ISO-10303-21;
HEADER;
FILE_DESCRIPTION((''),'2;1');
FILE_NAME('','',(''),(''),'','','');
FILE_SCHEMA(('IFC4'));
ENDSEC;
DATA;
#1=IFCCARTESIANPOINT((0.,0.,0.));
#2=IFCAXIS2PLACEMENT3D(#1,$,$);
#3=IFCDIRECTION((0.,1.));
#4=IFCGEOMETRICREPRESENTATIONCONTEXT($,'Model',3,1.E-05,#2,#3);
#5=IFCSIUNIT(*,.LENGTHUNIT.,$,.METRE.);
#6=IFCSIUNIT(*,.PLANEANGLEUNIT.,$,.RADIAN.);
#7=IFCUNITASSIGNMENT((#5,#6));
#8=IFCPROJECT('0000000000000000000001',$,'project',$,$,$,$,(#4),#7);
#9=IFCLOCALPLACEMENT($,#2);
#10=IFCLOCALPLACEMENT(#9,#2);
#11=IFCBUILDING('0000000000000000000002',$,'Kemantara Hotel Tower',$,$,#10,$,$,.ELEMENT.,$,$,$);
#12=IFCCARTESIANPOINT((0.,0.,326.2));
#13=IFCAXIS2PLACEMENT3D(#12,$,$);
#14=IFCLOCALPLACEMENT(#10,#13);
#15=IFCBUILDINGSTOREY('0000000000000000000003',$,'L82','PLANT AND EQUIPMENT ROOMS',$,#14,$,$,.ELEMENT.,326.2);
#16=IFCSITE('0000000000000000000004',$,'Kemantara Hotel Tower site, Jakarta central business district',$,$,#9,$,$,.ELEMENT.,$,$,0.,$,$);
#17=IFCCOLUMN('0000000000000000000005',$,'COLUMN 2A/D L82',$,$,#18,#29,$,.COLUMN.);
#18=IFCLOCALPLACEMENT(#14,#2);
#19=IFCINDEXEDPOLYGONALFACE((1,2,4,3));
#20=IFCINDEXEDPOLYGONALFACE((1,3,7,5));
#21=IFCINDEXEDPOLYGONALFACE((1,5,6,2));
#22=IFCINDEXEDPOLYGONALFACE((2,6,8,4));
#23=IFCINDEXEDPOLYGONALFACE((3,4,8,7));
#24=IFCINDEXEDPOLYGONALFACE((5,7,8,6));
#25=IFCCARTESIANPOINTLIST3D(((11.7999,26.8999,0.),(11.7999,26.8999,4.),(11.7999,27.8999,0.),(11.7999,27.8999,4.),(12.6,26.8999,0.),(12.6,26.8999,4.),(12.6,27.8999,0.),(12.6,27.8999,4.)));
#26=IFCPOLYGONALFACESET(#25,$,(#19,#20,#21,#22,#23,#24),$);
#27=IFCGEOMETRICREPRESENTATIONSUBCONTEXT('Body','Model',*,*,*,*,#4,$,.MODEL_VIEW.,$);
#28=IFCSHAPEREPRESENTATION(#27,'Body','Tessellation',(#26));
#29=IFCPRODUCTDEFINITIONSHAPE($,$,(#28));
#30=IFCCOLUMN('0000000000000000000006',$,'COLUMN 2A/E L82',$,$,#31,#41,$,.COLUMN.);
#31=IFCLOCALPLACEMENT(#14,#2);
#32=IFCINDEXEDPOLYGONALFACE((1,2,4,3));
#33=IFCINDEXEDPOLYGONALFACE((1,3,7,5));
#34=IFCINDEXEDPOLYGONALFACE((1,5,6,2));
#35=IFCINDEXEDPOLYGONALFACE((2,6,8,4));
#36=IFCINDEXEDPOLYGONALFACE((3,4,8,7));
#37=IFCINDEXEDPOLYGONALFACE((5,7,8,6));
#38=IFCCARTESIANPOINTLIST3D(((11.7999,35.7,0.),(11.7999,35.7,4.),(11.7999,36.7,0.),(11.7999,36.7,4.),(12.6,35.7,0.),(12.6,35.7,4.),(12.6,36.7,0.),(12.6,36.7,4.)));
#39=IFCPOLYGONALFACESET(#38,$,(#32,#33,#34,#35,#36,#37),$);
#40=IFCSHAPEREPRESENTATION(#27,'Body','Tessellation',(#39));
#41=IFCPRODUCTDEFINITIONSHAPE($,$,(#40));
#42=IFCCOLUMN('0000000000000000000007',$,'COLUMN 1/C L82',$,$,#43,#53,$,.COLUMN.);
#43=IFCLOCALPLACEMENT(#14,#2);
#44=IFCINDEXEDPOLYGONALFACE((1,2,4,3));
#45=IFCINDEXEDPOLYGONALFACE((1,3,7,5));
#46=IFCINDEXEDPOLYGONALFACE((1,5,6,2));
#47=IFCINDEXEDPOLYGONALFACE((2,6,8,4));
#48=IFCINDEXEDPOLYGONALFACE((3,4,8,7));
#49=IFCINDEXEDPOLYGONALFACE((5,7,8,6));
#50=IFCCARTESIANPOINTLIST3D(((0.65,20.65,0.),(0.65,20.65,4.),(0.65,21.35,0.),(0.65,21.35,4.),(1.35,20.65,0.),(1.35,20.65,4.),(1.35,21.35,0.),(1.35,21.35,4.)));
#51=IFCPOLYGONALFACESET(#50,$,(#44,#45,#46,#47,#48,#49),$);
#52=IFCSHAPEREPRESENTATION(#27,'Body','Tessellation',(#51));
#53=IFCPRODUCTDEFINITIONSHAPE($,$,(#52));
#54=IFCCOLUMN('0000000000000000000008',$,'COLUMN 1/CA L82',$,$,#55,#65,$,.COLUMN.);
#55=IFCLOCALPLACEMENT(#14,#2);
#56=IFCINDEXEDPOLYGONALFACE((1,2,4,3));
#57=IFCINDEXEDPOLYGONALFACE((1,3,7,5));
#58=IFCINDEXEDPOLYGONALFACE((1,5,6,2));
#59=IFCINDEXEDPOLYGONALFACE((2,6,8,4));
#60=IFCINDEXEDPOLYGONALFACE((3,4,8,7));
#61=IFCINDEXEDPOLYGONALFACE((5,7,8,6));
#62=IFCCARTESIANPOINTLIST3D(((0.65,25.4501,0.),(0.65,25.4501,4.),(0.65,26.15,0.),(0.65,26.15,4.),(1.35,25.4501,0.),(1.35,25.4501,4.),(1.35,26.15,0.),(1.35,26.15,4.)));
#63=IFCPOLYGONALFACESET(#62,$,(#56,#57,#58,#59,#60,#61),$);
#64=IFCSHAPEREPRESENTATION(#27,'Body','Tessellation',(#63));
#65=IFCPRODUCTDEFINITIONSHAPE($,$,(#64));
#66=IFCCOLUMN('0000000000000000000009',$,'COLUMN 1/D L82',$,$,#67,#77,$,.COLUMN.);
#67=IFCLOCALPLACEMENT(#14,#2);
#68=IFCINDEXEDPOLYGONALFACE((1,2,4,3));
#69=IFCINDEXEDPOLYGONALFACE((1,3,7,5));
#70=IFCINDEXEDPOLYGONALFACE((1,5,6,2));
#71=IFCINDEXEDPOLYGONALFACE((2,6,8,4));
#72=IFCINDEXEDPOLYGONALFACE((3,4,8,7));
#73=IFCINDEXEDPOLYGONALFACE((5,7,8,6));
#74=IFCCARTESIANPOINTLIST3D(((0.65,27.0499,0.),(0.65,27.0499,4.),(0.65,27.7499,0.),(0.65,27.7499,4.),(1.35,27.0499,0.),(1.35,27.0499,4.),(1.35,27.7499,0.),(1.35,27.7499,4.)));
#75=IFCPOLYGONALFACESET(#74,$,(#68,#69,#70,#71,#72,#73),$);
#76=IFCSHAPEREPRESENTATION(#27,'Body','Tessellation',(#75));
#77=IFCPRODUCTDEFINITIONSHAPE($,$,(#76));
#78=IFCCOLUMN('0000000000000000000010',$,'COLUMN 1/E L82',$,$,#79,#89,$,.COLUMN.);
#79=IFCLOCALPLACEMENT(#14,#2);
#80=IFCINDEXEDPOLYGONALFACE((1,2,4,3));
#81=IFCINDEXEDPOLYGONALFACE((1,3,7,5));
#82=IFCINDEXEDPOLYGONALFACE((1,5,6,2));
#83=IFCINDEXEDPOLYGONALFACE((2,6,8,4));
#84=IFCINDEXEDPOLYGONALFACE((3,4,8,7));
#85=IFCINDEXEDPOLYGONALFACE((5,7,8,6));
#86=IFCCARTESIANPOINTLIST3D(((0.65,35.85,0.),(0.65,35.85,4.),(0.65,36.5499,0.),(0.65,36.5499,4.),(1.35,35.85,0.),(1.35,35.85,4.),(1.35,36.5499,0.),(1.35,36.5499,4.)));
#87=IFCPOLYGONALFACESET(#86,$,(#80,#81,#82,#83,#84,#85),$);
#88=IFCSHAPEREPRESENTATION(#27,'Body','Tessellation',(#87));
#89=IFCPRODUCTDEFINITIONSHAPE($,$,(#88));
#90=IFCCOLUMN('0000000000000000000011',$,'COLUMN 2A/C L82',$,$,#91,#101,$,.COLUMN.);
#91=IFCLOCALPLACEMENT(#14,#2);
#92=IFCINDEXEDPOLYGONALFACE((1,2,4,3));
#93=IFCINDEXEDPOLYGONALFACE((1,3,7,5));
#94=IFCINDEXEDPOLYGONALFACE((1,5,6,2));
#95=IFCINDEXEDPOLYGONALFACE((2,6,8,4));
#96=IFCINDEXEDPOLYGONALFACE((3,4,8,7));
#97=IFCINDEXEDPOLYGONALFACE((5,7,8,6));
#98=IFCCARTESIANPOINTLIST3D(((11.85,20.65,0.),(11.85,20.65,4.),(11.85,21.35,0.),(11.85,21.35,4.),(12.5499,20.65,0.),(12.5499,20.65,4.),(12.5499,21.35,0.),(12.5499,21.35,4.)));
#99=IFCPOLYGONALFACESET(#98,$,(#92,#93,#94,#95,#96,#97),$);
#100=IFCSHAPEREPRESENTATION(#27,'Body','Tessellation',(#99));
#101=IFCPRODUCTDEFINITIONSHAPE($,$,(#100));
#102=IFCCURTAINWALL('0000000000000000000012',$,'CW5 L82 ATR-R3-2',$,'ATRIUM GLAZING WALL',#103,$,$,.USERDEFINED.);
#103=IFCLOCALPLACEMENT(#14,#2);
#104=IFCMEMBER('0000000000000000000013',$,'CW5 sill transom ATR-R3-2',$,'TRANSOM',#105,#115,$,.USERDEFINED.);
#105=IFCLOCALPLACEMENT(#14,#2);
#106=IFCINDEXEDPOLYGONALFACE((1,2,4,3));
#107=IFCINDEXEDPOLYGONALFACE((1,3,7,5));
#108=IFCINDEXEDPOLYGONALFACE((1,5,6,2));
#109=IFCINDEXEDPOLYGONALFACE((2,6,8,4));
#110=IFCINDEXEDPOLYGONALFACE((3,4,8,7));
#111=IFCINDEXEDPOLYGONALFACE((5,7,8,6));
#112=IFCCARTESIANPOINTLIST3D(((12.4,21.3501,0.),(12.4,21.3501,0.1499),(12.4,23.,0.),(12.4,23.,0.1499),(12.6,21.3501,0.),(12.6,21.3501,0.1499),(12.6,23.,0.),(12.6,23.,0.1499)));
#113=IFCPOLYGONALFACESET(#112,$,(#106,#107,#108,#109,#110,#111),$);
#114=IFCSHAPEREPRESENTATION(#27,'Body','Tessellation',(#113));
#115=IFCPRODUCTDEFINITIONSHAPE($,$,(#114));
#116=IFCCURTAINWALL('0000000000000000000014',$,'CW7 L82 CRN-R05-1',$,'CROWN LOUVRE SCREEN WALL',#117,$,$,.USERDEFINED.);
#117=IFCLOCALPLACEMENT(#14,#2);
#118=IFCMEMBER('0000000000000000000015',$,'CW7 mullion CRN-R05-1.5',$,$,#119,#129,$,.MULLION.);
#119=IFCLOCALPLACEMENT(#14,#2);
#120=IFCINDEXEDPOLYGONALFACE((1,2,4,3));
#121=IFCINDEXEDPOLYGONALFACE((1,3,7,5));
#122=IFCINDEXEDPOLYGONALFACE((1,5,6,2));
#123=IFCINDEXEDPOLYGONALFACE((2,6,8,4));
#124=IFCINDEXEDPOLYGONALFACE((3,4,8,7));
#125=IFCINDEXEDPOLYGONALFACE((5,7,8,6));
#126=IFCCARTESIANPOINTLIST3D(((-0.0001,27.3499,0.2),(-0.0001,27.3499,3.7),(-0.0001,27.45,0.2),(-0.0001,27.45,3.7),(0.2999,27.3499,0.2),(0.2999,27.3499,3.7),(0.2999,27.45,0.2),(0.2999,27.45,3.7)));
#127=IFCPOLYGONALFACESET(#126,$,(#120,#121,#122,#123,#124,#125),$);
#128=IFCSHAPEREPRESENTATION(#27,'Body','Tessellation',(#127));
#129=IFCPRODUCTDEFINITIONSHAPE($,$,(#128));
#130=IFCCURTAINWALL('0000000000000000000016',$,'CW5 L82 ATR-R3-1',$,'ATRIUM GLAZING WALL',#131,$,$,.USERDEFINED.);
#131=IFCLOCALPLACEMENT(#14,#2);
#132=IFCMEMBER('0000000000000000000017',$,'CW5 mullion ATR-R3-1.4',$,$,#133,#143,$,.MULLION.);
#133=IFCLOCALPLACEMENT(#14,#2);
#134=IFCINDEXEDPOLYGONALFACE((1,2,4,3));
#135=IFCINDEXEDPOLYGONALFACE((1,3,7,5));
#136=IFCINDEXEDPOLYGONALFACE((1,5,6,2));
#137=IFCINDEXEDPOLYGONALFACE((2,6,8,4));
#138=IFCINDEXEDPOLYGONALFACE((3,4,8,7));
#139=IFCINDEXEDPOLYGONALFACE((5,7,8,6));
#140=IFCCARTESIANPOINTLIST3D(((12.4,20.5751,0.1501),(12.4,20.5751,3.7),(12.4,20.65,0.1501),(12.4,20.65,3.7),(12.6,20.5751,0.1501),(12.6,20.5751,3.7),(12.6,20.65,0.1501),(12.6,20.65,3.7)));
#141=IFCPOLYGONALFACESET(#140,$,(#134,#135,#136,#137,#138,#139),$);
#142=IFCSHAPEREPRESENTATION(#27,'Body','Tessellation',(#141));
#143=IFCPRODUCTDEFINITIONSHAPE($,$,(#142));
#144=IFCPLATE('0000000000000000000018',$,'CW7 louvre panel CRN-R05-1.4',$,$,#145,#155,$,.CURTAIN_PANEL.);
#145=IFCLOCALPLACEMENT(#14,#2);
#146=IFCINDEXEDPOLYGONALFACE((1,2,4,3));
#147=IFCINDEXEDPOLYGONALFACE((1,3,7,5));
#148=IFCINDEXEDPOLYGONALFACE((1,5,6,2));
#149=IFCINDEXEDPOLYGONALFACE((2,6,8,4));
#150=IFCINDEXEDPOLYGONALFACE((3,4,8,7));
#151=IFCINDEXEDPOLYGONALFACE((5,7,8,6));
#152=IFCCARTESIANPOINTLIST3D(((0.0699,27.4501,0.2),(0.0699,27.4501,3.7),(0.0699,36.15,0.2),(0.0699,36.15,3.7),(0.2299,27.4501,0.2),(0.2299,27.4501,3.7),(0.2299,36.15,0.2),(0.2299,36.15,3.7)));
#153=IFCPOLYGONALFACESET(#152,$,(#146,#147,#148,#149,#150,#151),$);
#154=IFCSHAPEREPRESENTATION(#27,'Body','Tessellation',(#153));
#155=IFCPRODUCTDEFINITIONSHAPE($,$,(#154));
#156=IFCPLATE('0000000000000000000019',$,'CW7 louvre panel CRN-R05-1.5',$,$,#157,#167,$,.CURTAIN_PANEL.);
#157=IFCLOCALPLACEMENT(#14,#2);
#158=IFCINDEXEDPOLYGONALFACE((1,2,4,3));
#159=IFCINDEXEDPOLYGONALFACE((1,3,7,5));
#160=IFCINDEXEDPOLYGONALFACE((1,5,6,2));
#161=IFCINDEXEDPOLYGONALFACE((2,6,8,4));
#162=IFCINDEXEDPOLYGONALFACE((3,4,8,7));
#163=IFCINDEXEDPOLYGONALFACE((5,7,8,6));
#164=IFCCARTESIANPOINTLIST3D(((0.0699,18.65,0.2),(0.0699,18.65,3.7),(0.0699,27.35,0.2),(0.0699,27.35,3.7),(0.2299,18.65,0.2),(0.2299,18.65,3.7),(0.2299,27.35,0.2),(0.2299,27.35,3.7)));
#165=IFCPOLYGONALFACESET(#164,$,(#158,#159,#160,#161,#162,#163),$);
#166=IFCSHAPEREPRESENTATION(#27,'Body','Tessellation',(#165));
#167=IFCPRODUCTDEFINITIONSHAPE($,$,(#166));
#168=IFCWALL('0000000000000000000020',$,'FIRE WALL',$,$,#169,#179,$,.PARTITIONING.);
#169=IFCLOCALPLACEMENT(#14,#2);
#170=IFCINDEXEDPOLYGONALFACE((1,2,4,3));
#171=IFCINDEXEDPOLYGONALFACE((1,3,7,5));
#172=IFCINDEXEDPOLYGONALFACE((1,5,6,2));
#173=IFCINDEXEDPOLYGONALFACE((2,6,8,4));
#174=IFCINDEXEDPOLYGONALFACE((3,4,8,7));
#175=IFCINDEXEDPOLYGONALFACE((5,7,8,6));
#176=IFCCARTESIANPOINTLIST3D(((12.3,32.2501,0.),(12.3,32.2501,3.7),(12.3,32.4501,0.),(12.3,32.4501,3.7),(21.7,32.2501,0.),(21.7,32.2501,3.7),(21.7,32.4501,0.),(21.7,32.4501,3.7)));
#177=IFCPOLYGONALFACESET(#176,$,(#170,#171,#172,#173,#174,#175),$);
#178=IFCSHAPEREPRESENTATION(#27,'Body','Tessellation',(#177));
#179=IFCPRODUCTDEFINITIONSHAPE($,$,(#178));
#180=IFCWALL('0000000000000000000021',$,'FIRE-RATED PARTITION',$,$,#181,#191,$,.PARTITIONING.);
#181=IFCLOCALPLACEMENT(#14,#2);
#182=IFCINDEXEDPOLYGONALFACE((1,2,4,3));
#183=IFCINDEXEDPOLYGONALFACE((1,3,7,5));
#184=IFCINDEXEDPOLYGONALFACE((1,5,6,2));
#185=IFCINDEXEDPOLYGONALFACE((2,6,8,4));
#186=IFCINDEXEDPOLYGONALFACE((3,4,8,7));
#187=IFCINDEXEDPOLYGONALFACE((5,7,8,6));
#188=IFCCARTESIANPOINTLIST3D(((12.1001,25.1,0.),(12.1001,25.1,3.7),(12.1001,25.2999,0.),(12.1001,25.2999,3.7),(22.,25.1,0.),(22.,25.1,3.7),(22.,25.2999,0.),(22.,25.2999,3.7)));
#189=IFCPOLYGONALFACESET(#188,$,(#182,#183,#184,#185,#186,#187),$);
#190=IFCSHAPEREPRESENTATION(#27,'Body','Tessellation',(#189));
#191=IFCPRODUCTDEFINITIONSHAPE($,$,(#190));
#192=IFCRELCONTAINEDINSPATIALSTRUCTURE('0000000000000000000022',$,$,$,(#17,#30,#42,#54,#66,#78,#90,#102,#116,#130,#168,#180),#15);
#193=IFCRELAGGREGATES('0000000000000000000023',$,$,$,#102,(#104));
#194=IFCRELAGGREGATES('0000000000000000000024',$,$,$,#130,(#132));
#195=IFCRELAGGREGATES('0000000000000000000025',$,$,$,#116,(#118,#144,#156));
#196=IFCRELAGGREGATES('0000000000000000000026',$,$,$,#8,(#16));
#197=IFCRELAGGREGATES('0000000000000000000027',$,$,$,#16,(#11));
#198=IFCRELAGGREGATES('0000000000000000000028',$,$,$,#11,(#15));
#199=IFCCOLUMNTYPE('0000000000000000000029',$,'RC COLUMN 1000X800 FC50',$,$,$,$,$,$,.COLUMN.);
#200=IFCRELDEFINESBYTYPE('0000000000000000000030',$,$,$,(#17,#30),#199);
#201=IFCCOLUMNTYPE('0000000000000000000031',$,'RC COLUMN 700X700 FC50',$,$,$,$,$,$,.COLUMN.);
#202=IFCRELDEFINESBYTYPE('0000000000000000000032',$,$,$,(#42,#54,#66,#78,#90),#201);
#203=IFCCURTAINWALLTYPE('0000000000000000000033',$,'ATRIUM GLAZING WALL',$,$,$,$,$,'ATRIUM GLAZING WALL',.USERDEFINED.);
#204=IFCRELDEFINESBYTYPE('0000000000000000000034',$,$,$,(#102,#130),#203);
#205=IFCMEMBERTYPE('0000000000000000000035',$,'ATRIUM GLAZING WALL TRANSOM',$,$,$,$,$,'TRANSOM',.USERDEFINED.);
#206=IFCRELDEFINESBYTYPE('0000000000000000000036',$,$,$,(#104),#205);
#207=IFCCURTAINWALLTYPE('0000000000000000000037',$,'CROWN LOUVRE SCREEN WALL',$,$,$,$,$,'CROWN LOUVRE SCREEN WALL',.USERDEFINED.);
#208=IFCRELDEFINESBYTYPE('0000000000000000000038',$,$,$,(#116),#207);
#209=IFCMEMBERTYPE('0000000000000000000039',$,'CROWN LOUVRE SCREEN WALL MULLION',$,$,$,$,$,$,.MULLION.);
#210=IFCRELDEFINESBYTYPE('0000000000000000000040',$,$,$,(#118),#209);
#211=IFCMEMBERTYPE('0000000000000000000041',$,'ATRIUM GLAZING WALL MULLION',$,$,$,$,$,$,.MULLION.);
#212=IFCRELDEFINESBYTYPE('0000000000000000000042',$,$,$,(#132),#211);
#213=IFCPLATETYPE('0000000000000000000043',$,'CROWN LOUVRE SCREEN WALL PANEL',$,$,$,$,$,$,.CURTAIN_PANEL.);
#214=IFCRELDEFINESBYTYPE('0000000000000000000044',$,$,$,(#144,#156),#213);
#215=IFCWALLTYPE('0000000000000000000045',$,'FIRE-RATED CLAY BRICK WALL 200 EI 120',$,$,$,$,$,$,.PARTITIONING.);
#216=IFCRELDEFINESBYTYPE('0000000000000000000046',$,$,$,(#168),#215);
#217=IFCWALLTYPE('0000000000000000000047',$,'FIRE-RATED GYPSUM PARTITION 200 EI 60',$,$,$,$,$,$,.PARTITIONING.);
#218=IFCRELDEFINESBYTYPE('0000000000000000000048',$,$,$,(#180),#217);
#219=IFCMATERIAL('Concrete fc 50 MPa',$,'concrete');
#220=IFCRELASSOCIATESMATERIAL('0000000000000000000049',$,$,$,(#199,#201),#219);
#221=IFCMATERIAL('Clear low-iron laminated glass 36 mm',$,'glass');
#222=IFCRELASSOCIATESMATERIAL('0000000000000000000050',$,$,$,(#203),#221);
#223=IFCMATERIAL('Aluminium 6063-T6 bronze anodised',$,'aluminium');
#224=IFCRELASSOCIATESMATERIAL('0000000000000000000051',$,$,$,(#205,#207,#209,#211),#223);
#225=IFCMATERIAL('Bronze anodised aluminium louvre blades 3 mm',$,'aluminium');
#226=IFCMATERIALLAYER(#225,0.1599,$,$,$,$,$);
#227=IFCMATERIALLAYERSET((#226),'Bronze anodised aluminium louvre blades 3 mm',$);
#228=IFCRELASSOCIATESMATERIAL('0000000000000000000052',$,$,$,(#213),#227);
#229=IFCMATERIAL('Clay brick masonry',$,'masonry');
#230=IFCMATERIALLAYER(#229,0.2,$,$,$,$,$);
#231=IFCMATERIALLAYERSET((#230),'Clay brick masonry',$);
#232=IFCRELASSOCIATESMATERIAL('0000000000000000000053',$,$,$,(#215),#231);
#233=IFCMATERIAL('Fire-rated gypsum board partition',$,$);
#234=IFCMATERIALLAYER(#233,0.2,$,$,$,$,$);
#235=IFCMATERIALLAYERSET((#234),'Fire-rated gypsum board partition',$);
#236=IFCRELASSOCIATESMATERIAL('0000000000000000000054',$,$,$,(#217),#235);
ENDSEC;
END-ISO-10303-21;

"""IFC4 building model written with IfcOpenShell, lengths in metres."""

from ifc_helpers import new_model, si_unit, direction, frame, frame_2d, origin, origin_2d, place, context, subcontext, project, spatial, rectangle, extrude, source, transform, mapped, material, layer, layer_set, material_profile, profile_set, type_object, element, aggregate, save


model = new_model("IFC4")

# Units and contexts
model_context = context("Model", 3, precision=1e-05, world=origin(), true_north=direction((0.0, 1.0)))
body_context = subcontext(model_context, "Body", "Model", "MODEL_VIEW")
ifc_project = project(units=[si_unit("LENGTHUNIT", "METRE"), si_unit("PLANEANGLEUNIT", "RADIAN")], contexts=[model_context])

# Site, building, storey
site_placement = place(None, origin())
site = spatial("IfcSite", under=ifc_project, at=site_placement, Name="Kemantara Hotel Tower site, Jakarta central business district", CompositionType="ELEMENT", RefElevation=0.0)
building_placement = place(site_placement, origin())
building = spatial("IfcBuilding", under=site, at=building_placement, Name="Kemantara Hotel Tower", CompositionType="ELEMENT")
storey_placement = place(building_placement, frame((0.0, 0.0, 326.2)))
storey = spatial("IfcBuildingStorey", under=building, at=storey_placement, Name="L82", Description="PLANT AND EQUIPMENT ROOMS", CompositionType="ELEMENT", Elevation=326.2)

# Columns
ifc_material_1 = material(Name="Concrete fc 50 MPa", Category="concrete")
ifc_material_profile_1 = material_profile(ifc_material_1, rectangle(XDim=1.0, YDim=0.8, at=origin_2d()), Name="RC 1000X800")
ifc_profile_set_1 = profile_set([ifc_material_profile_1], Name="Concrete fc 50 MPa")
column_type_1 = type_object("IfcColumnType", Name="RC COLUMN 1000X800 FC50", PredefinedType="COLUMN", material=ifc_profile_set_1)
for number, where, z_axis, x_axis, name in (
    (1, (12.2, 27.3999, 0.0), (0.0, 0.0, 1.0), (0.0, 1.0, 0.0), "COLUMN 2A/D L82"),
    (2, (12.2, 36.2, 0.0), (0.0, 0.0, 1.0), (0.0, 1.0, 0.0), "COLUMN 2A/E L82"),
):
    element("IfcColumn", number, at=place(storey_placement, frame(where, z_axis=z_axis, x_axis=x_axis)), inside=storey, type_object=column_type_1, Name=name, PredefinedType="COLUMN", context=body_context, shape_type="SweptSolid", body=[
        extrude(rectangle(XDim=1.0, YDim=0.8, at=origin_2d()), origin(), (0.0, 0.0, 1.0), 4.0),
    ])
ifc_material_profile_2 = material_profile(ifc_material_1, rectangle(XDim=0.7, YDim=0.7, at=origin_2d()), Name="RC 700X700")
ifc_profile_set_2 = profile_set([ifc_material_profile_2], Name="Concrete fc 50 MPa")
column_type_2 = type_object("IfcColumnType", Name="RC COLUMN 700X700 FC50", PredefinedType="COLUMN", material=ifc_profile_set_2)
for number, where, z_axis, x_axis, name in (
    (3, (1.0, 21.0, 0.0), (0.0, 0.0, 1.0), (1.0, 0.0, 0.0), "COLUMN 1/C L82"),
    (4, (1.0, 25.8, 0.0), (0.0, 0.0, 1.0), (1.0, 0.0, 0.0), "COLUMN 1/CA L82"),
    (5, (1.0, 27.3999, 0.0), (0.0, 0.0, 1.0), (1.0, 0.0, 0.0), "COLUMN 1/D L82"),
    (6, (1.0, 36.2, 0.0), (0.0, 0.0, 1.0), (1.0, 0.0, 0.0), "COLUMN 1/E L82"),
    (7, (12.2, 21.0, 0.0), (0.0, 0.0, 1.0), (1.0, 0.0, 0.0), "COLUMN 2A/C L82"),
):
    element("IfcColumn", number, at=place(storey_placement, frame(where, z_axis=z_axis, x_axis=x_axis)), inside=storey, type_object=column_type_2, Name=name, PredefinedType="COLUMN", context=body_context, shape_type="SweptSolid", body=[
        extrude(rectangle(XDim=0.7, YDim=0.7, at=origin_2d()), origin(), (0.0, 0.0, 1.0), 4.0),
    ])

# Curtain walls, members
ifc_material_2 = material(Name="Clear low-iron laminated glass 36 mm", Category="glass")
curtain_wall_type_1 = type_object("IfcCurtainWallType", Name="ATRIUM GLAZING WALL", ElementType="ATRIUM GLAZING WALL", PredefinedType="USERDEFINED", material=ifc_material_2)
curtain_wall_1_placement = place(storey_placement, origin())
curtain_wall_1 = element("IfcCurtainWall", 8, at=curtain_wall_1_placement, inside=storey, type_object=curtain_wall_type_1, Name="CW5 L82 ATR-R3-2", ObjectType="ATRIUM GLAZING WALL", PredefinedType="USERDEFINED")
ifc_material_3 = material(Name="Aluminium 6063-T6 bronze anodised", Category="aluminium")
ifc_material_profile_3 = material_profile(ifc_material_3, rectangle(XDim=0.2, YDim=0.1499, at=origin_2d()), Name="ATRIUM GLAZING WALL TRANSOM")
ifc_profile_set_3 = profile_set([ifc_material_profile_3], Name="Aluminium 6063-T6 bronze anodised")
member_type_1 = type_object("IfcMemberType", Name="ATRIUM GLAZING WALL TRANSOM", ElementType="TRANSOM", PredefinedType="USERDEFINED", material=ifc_profile_set_3)
member_1_placement = place(storey_placement, frame((12.5, 21.3501, 0.075), z_axis=(0.0, 1.0, 0.0), x_axis=(-1.0, 0.0, 0.0)))
member_1 = element("IfcMember", 9, at=member_1_placement, type_object=member_type_1, Name="CW5 sill transom ATR-R3-2", ObjectType="TRANSOM", PredefinedType="USERDEFINED", context=body_context, shape_type="SweptSolid", body=[
    extrude(rectangle(XDim=0.2, YDim=0.1499, at=origin_2d()), origin(), (0.0, 0.0, 1.0), 1.6499),
])
aggregate(curtain_wall_1, [member_1])
curtain_wall_type_2 = type_object("IfcCurtainWallType", Name="CROWN LOUVRE SCREEN WALL", ElementType="CROWN LOUVRE SCREEN WALL", PredefinedType="USERDEFINED", material=ifc_material_3)
curtain_wall_2_placement = place(storey_placement, origin())
curtain_wall_2 = element("IfcCurtainWall", 10, at=curtain_wall_2_placement, inside=storey, type_object=curtain_wall_type_2, Name="CW7 L82 CRN-R05-1", ObjectType="CROWN LOUVRE SCREEN WALL", PredefinedType="USERDEFINED")
ifc_material_profile_4 = material_profile(ifc_material_3, rectangle(XDim=0.3, YDim=0.1001, at=origin_2d()), Name="CROWN LOUVRE SCREEN WALL MULLION")
ifc_profile_set_4 = profile_set([ifc_material_profile_4], Name="Aluminium 6063-T6 bronze anodised")
member_type_2 = type_object("IfcMemberType", Name="CROWN LOUVRE SCREEN WALL MULLION", PredefinedType="MULLION", material=ifc_profile_set_4)
shared_shape_1 = source(origin(), body_context, "Body", "SweptSolid", [
    extrude(rectangle(XDim=0.3, YDim=0.1001, at=origin_2d()), origin(), (0.0, 0.0, 1.0), 3.5),
])
member_2_placement = place(storey_placement, frame((0.1499, 27.3999, 0.2), z_axis=(0.0, 0.0, 1.0), x_axis=(1.0, 0.0, 0.0)))
member_2 = element("IfcMember", 11, at=member_2_placement, type_object=member_type_2, Name="CW7 mullion CRN-R05-1.5", PredefinedType="MULLION", context=body_context, shape_type="MappedRepresentation", body=[
    mapped(shared_shape_1, transform((0.0, 0.0, 0.0))),
])
curtain_wall_3_placement = place(storey_placement, origin())
curtain_wall_3 = element("IfcCurtainWall", 12, at=curtain_wall_3_placement, inside=storey, type_object=curtain_wall_type_1, Name="CW5 L82 ATR-R3-1", ObjectType="ATRIUM GLAZING WALL", PredefinedType="USERDEFINED")
ifc_material_profile_5 = material_profile(ifc_material_3, rectangle(XDim=0.2, YDim=0.075, at=origin_2d()), Name="ATRIUM GLAZING WALL MULLION")
ifc_profile_set_5 = profile_set([ifc_material_profile_5], Name="Aluminium 6063-T6 bronze anodised")
member_type_3 = type_object("IfcMemberType", Name="ATRIUM GLAZING WALL MULLION", PredefinedType="MULLION", material=ifc_profile_set_5)
shared_shape_2 = source(origin(), body_context, "Body", "SweptSolid", [
    extrude(rectangle(XDim=0.2, YDim=0.075, at=origin_2d()), origin(), (0.0, 0.0, 1.0), 3.5498),
])
member_3_placement = place(storey_placement, frame((12.5, 20.6125, 0.1501), z_axis=(0.0, 0.0, 1.0), x_axis=(-1.0, 0.0, 0.0)))
member_3 = element("IfcMember", 13, at=member_3_placement, type_object=member_type_3, Name="CW5 mullion ATR-R3-1.4", PredefinedType="MULLION", context=body_context, shape_type="MappedRepresentation", body=[
    mapped(shared_shape_2, transform((0.0, 0.0, 0.0))),
])
aggregate(curtain_wall_3, [member_3])

# Plates
ifc_material_4 = material(Name="Bronze anodised aluminium louvre blades 3 mm", Category="aluminium")
ifc_layer_1 = layer(ifc_material_4, 0.1599)
ifc_layer_set_1 = layer_set([ifc_layer_1], Name="Bronze anodised aluminium louvre blades 3 mm")
plate_type = type_object("IfcPlateType", Name="CROWN LOUVRE SCREEN WALL PANEL", PredefinedType="CURTAIN_PANEL", material=ifc_layer_set_1)
shared_shape_3 = source(origin(), body_context, "Body", "SweptSolid", [
    extrude(rectangle(XDim=8.7, YDim=0.1599, at=origin_2d()), origin(), (0.0, 0.0, 1.0), 3.5),
])
plate_1_placement = place(storey_placement, frame((0.1499, 31.8, 0.2), z_axis=(0.0, 0.0, 1.0), x_axis=(0.0, -1.0, 0.0)))
plate_1 = element("IfcPlate", 14, at=plate_1_placement, type_object=plate_type, Name="CW7 louvre panel CRN-R05-1.4", PredefinedType="CURTAIN_PANEL", context=body_context, shape_type="MappedRepresentation", body=[
    mapped(shared_shape_3, transform((0.0, 0.0, 0.0))),
])
plate_2_placement = place(storey_placement, frame((0.1499, 23.0, 0.2), z_axis=(0.0, 0.0, 1.0), x_axis=(0.0, -1.0, 0.0)))
plate_2 = element("IfcPlate", 15, at=plate_2_placement, type_object=plate_type, Name="CW7 louvre panel CRN-R05-1.5", PredefinedType="CURTAIN_PANEL", context=body_context, shape_type="MappedRepresentation", body=[
    mapped(shared_shape_3, transform((0.0, 0.0, 0.0))),
])
aggregate(curtain_wall_2, [member_2, plate_1, plate_2])

# Walls
ifc_material_5 = material(Name="Clay brick masonry", Category="masonry")
ifc_layer_2 = layer(ifc_material_5, 0.2)
ifc_layer_set_2 = layer_set([ifc_layer_2], Name="Clay brick masonry")
wall_type_1 = type_object("IfcWallType", Name="FIRE-RATED CLAY BRICK WALL 200 EI 120", PredefinedType="PARTITIONING", material=ifc_layer_set_2)
wall_1_placement = place(storey_placement, frame((12.3, 32.3501, 0.0), z_axis=(0.0, 0.0, 1.0), x_axis=(1.0, 0.0, 0.0)))
element("IfcWall", 16, at=wall_1_placement, inside=storey, type_object=wall_type_1, Name="FIRE WALL", PredefinedType="PARTITIONING", context=body_context, shape_type="SweptSolid", body=[
    extrude(rectangle(XDim=9.3999, YDim=0.2, at=frame_2d((4.7, 0.0))), origin(), (0.0, 0.0, 1.0), 3.7),
])
ifc_material_6 = material(Name="Fire-rated gypsum board partition")
ifc_layer_3 = layer(ifc_material_6, 0.2)
ifc_layer_set_3 = layer_set([ifc_layer_3], Name="Fire-rated gypsum board partition")
wall_type_2 = type_object("IfcWallType", Name="FIRE-RATED GYPSUM PARTITION 200 EI 60", PredefinedType="PARTITIONING", material=ifc_layer_set_3)
wall_2_placement = place(storey_placement, frame((12.1001, 25.2, 0.0), z_axis=(0.0, 0.0, 1.0), x_axis=(1.0, 0.0, 0.0)))
element("IfcWall", 17, at=wall_2_placement, inside=storey, type_object=wall_type_2, Name="FIRE-RATED PARTITION", PredefinedType="PARTITIONING", context=body_context, shape_type="SweptSolid", body=[
    extrude(rectangle(XDim=9.8999, YDim=0.2, at=frame_2d((4.95, 0.0))), origin(), (0.0, 0.0, 1.0), 3.7),
])

save(model, "model.ifc")
